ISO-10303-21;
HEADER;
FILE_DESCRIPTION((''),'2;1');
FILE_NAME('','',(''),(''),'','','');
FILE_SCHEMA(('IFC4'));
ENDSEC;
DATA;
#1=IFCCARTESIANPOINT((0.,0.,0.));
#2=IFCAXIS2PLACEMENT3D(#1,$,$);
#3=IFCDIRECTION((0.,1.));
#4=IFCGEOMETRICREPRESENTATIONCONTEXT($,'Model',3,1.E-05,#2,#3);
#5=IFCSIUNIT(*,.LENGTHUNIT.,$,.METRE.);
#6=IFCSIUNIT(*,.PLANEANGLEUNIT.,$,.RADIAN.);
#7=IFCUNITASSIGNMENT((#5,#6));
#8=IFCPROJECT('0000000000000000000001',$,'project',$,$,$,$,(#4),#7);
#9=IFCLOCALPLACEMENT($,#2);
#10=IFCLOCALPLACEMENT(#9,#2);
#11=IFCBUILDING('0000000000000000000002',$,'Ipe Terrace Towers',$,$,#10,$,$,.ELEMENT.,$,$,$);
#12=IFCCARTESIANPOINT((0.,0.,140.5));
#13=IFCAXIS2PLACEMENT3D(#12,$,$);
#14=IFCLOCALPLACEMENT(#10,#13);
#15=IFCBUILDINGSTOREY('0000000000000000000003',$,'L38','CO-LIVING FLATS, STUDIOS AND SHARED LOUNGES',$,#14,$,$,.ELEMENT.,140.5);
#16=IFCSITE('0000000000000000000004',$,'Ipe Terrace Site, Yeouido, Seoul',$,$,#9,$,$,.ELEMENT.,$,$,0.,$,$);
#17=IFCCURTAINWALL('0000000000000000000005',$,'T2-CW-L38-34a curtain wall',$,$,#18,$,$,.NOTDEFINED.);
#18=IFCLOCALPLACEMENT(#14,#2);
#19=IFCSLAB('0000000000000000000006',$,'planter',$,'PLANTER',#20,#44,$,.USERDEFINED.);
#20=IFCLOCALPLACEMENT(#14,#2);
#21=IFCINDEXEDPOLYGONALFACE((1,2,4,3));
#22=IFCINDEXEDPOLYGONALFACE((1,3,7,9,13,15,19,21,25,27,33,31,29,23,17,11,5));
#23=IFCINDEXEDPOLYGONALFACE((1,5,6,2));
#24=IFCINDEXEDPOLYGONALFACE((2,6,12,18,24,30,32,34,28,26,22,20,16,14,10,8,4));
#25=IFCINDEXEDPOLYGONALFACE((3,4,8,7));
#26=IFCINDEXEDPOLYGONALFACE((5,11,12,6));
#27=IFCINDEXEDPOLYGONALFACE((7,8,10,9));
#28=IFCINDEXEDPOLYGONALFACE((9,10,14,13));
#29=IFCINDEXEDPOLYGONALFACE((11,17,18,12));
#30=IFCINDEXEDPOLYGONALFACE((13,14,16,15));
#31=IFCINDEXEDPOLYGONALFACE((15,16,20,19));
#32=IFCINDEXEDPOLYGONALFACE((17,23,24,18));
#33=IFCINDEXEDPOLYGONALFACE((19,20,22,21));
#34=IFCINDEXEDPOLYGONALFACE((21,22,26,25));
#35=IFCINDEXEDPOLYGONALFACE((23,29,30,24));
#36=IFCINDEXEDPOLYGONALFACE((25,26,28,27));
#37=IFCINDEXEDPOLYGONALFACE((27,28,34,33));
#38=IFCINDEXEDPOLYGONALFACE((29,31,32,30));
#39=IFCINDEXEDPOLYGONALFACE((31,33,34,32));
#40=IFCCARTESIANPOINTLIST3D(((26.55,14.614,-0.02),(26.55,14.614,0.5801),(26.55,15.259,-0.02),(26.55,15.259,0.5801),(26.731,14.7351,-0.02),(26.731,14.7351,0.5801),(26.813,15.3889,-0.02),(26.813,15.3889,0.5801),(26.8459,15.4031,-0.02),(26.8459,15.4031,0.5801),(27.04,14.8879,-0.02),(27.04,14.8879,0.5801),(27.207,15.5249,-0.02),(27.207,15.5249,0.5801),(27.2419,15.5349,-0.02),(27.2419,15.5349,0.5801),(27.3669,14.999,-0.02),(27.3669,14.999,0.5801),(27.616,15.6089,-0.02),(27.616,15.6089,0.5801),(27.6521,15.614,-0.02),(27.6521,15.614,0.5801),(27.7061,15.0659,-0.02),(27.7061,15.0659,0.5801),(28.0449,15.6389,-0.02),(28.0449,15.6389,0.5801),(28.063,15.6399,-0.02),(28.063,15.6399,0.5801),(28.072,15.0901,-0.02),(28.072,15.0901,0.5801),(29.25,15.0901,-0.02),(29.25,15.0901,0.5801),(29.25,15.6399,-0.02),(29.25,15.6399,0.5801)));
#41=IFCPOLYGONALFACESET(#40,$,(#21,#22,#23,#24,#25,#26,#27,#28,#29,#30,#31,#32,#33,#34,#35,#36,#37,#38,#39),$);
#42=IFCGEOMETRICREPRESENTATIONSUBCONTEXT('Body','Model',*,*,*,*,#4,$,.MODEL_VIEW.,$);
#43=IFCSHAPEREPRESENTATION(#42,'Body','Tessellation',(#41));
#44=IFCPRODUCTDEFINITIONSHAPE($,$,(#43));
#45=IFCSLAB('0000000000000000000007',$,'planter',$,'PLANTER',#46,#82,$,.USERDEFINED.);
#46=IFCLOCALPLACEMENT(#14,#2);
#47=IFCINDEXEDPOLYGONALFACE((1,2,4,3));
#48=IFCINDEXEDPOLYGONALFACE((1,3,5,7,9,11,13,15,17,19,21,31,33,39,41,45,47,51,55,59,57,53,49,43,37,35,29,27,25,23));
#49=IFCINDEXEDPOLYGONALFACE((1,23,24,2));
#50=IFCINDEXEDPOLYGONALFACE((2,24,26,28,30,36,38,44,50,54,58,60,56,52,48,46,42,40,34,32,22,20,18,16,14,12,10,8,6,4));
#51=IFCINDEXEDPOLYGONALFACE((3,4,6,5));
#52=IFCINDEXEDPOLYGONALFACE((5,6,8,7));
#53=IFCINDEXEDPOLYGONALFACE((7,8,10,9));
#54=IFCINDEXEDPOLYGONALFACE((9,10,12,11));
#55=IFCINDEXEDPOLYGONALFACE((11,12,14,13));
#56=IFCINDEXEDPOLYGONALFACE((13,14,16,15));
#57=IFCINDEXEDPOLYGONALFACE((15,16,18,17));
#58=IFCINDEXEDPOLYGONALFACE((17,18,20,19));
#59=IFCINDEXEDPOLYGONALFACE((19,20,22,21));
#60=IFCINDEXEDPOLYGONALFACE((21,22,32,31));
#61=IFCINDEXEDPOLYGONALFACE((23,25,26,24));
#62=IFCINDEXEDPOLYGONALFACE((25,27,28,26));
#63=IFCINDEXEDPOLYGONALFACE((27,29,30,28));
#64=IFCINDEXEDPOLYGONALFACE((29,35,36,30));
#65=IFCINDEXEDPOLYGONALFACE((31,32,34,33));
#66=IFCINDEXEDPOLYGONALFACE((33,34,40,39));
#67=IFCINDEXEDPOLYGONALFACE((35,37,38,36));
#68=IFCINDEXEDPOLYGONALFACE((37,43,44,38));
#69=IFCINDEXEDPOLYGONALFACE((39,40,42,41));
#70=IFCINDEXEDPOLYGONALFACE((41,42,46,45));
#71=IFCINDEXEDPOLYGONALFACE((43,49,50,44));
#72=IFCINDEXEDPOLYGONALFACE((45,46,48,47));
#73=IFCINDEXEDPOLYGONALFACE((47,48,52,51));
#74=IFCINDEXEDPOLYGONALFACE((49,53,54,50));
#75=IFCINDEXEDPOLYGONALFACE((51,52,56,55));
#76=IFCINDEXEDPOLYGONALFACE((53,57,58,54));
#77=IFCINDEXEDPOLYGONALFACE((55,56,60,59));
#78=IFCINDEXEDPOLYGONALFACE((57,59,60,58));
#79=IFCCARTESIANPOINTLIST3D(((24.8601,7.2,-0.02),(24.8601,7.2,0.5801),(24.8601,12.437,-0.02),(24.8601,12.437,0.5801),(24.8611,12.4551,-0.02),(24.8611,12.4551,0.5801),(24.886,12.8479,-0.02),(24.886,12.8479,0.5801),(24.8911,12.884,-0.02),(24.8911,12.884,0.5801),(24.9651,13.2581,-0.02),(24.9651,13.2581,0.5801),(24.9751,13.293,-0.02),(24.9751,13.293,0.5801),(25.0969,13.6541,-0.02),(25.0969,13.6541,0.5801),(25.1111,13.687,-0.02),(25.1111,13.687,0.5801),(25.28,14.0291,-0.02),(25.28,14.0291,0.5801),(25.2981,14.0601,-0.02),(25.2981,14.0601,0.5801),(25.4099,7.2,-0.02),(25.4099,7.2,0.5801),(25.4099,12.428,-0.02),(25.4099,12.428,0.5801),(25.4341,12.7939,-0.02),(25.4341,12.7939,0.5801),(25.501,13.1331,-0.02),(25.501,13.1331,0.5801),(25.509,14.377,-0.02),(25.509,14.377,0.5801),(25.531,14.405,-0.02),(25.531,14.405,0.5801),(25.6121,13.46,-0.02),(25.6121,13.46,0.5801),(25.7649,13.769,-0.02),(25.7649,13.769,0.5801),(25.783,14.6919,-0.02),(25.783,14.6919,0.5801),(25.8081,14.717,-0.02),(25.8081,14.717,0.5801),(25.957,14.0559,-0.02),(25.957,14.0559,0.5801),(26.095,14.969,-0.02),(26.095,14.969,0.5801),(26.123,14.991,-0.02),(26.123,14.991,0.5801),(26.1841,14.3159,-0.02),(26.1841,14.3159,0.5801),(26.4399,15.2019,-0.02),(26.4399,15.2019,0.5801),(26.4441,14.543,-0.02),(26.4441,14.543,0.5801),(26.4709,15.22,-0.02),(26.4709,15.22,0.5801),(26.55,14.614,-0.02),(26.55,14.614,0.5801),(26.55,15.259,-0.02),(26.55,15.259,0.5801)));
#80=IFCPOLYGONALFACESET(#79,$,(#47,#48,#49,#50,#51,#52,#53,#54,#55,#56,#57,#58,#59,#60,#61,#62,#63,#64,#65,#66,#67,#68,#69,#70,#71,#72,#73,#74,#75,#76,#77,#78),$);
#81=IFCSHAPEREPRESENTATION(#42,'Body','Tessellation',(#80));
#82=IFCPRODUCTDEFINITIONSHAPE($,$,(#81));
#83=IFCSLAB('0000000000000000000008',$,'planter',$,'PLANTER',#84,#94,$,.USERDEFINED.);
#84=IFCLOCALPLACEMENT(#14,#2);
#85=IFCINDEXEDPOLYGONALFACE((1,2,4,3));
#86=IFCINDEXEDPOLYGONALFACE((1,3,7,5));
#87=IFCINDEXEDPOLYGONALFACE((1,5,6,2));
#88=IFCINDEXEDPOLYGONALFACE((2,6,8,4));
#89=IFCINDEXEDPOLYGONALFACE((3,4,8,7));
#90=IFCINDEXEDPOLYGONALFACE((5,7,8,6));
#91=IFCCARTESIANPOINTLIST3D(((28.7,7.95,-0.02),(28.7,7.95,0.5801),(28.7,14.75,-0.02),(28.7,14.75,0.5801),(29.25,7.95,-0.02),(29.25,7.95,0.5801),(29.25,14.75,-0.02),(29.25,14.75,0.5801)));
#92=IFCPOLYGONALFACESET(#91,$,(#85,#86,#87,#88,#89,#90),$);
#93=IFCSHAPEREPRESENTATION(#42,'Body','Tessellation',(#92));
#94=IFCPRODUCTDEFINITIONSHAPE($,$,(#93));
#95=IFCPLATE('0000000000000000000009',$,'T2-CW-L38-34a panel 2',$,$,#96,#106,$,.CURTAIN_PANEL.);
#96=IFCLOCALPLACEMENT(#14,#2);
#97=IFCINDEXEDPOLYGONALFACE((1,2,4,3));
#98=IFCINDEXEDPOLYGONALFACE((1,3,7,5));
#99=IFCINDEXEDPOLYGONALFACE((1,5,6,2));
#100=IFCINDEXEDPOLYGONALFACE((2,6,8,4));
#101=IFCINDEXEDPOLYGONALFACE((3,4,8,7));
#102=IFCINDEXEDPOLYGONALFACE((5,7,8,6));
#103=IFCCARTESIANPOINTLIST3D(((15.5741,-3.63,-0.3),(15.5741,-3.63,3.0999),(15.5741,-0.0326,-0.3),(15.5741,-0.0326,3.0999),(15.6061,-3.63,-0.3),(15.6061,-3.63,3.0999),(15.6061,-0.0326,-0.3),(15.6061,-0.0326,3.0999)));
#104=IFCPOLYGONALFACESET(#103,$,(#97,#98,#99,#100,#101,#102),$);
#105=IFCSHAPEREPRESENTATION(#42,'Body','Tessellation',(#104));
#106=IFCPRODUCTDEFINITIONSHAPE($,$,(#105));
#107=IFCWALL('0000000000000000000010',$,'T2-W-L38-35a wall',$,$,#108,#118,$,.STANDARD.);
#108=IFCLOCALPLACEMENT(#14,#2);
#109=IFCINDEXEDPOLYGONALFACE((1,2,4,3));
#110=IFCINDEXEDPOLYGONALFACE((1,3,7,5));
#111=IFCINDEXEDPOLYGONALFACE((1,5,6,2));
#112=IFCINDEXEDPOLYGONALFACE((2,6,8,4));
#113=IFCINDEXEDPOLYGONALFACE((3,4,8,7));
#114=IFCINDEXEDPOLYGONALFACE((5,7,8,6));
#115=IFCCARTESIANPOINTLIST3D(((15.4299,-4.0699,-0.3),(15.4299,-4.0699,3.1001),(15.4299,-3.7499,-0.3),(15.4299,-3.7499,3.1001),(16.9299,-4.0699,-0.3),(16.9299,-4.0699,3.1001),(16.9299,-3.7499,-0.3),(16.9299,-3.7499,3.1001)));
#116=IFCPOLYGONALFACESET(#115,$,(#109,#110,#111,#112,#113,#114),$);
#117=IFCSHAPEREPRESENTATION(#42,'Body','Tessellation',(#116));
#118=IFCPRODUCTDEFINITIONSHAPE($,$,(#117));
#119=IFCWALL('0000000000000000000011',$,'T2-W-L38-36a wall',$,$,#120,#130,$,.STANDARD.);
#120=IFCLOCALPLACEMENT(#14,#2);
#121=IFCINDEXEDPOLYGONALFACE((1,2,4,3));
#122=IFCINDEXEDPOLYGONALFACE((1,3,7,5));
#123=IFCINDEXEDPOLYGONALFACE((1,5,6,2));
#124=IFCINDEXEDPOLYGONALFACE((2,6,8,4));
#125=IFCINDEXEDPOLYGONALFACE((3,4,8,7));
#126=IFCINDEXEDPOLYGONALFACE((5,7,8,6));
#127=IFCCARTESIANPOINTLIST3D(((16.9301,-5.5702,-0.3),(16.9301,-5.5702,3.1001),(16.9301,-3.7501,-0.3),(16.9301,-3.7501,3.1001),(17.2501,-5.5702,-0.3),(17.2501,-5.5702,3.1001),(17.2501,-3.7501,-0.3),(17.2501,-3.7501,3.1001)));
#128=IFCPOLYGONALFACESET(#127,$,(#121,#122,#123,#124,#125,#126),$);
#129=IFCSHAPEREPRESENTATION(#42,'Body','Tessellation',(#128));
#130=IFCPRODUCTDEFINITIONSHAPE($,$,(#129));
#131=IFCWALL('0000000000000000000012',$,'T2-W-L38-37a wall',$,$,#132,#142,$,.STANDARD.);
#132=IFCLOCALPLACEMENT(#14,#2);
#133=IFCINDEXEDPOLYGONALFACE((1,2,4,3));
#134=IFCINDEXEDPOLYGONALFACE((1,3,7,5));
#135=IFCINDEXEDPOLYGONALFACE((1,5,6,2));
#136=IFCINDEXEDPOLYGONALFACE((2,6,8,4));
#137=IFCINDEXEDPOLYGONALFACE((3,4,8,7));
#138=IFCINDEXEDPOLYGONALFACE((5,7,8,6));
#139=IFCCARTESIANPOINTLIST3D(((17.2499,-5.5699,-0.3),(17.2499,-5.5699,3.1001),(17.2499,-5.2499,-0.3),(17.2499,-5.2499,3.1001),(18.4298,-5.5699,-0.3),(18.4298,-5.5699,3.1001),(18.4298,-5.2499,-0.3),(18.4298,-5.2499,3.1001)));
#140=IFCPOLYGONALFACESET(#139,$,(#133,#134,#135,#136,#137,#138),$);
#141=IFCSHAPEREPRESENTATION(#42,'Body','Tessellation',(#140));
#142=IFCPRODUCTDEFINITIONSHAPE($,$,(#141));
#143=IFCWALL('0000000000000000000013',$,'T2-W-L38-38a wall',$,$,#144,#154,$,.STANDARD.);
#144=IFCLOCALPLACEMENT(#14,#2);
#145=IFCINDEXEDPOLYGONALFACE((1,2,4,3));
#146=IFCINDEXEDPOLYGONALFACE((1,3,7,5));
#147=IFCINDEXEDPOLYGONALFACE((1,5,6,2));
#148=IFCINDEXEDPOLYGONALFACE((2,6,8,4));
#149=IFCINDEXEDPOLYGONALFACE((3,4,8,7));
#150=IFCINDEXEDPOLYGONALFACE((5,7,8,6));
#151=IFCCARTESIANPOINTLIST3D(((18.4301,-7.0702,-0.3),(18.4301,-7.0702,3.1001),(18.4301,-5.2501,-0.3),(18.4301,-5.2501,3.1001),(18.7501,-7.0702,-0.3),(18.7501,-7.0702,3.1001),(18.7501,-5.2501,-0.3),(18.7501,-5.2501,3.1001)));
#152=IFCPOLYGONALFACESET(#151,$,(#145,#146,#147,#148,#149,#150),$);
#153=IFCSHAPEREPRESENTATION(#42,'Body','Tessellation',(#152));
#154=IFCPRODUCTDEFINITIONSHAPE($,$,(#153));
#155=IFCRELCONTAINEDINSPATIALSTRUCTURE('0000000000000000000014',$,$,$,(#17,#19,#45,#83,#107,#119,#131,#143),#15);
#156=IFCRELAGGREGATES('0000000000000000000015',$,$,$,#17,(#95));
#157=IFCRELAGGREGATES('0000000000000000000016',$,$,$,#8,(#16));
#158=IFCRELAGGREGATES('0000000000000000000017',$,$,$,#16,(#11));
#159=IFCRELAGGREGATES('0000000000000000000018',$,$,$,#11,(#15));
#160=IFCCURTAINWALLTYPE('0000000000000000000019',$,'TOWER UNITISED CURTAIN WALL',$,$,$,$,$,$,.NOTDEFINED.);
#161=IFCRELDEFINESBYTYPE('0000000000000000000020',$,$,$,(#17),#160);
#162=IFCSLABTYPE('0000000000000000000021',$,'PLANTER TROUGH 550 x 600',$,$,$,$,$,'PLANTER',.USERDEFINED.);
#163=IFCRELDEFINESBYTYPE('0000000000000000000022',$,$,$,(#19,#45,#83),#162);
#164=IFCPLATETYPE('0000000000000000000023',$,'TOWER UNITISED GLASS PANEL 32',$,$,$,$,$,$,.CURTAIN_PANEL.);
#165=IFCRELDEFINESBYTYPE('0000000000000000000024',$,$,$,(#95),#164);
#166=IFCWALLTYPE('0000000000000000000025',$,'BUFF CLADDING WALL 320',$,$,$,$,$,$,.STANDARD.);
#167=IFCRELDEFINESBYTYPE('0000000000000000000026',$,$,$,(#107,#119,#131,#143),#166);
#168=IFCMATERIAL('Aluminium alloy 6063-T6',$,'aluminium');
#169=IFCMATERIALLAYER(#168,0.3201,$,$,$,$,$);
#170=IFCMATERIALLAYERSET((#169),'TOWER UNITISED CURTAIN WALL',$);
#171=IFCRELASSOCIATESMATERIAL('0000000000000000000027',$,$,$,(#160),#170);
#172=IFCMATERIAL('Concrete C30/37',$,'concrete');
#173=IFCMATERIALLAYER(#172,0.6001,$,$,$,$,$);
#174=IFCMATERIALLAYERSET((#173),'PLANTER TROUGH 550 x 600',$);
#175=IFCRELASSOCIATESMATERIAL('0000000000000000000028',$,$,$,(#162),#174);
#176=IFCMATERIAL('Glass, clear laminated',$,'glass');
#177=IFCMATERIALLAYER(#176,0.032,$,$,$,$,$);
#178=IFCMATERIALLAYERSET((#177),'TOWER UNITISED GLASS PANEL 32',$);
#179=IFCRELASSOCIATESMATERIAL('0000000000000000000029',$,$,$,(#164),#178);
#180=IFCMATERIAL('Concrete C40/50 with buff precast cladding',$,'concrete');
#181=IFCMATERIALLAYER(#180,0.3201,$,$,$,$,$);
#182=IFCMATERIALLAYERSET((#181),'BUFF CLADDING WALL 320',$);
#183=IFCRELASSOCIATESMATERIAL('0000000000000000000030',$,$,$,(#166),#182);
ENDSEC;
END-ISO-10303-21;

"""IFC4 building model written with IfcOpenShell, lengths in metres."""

from ifc_helpers import new_model, si_unit, direction, frame, frame_2d, origin, origin_2d, place, context, subcontext, project, spatial, polyline, rectangle, outline, extrude, material, layer, layer_set, type_object, element, aggregate, save


model = new_model("IFC4")

# Units and contexts
model_context = context("Model", 3, precision=1e-05, world=origin(), true_north=direction((0.0, 1.0)))
body_context = subcontext(model_context, "Body", "Model", "MODEL_VIEW")
ifc_project = project(units=[si_unit("LENGTHUNIT", "METRE"), si_unit("PLANEANGLEUNIT", "RADIAN")], contexts=[model_context])

# Site, building, storey
site_placement = place(None, origin())
site = spatial("IfcSite", under=ifc_project, at=site_placement, Name="Ipe Terrace Site, Yeouido, Seoul", CompositionType="ELEMENT", RefElevation=0.0)
building_placement = place(site_placement, origin())
building = spatial("IfcBuilding", under=site, at=building_placement, Name="Ipe Terrace Towers", CompositionType="ELEMENT")
storey_placement = place(building_placement, frame((0.0, 0.0, 140.5)))
storey = spatial("IfcBuildingStorey", under=building, at=storey_placement, Name="L38", Description="CO-LIVING FLATS, STUDIOS AND SHARED LOUNGES", CompositionType="ELEMENT", Elevation=140.5)

# Curtain wall
ifc_material_1 = material(Name="Aluminium alloy 6063-T6", Category="aluminium")
ifc_layer_1 = layer(ifc_material_1, 0.3201)
ifc_layer_set_1 = layer_set([ifc_layer_1], Name="TOWER UNITISED CURTAIN WALL")
curtain_wall_type = type_object("IfcCurtainWallType", Name="TOWER UNITISED CURTAIN WALL", PredefinedType="NOTDEFINED", material=ifc_layer_set_1)
curtain_wall_1_placement = place(storey_placement, origin())
curtain_wall_1 = element("IfcCurtainWall", 1, at=curtain_wall_1_placement, inside=storey, type_object=curtain_wall_type, Name="T2-CW-L38-34a curtain wall", PredefinedType="NOTDEFINED")

# Slabs
ifc_material_2 = material(Name="Concrete C30/37", Category="concrete")
ifc_layer_2 = layer(ifc_material_2, 0.6001)
ifc_layer_set_2 = layer_set([ifc_layer_2], Name="PLANTER TROUGH 550 x 600")
slab_type_1 = type_object("IfcSlabType", Name="PLANTER TROUGH 550 x 600", ElementType="PLANTER", PredefinedType="USERDEFINED", material=ifc_layer_set_2)
slab_1_placement = place(storey_placement, frame((0.0, 0.0, -0.02)))
element("IfcSlab", 2, at=slab_1_placement, inside=storey, type_object=slab_type_1, Name="planter", ObjectType="PLANTER", PredefinedType="USERDEFINED", context=body_context, shape_type="SweptSolid", body=[
    extrude(outline(polyline([(27.3669, 14.999), (27.7061, 15.0659), (28.072, 15.0901), (29.25, 15.0901), (29.25, 15.6399), (28.063, 15.6399), (28.0449, 15.6389), (27.6521, 15.614), (27.616, 15.6089), (27.2419, 15.5349), (27.207, 15.5249), (26.8459, 15.4031), (26.813, 15.3889), (26.55, 15.259), (26.55, 14.614), (26.731, 14.7351), (27.04, 14.8879), (27.3669, 14.999)])), origin(), (0.0, 0.0, 1.0), 0.6001),
])
slab_2_placement = place(storey_placement, frame((0.0, 0.0, -0.02)))
element("IfcSlab", 3, at=slab_2_placement, inside=storey, type_object=slab_type_1, Name="planter", ObjectType="PLANTER", PredefinedType="USERDEFINED", context=body_context, shape_type="SweptSolid", body=[
    extrude(outline(polyline([(26.4441, 14.543), (26.55, 14.614), (26.55, 15.259), (26.4709, 15.22), (26.4399, 15.2019), (26.123, 14.991), (26.095, 14.969), (25.8081, 14.717), (25.783, 14.6919), (25.531, 14.405), (25.509, 14.377), (25.2981, 14.0601), (25.28, 14.0291), (25.1111, 13.687), (25.0969, 13.6541), (24.9751, 13.293), (24.9651, 13.2581), (24.8911, 12.884), (24.886, 12.8479), (24.8611, 12.4551), (24.8601, 12.437), (24.8601, 7.2), (25.4099, 7.2), (25.4099, 12.428), (25.4341, 12.7939), (25.501, 13.1331), (25.6121, 13.46), (25.7649, 13.769), (25.957, 14.0559), (26.1841, 14.3159), (26.4441, 14.543)])), origin(), (0.0, 0.0, 1.0), 0.6001),
])
slab_3_placement = place(storey_placement, frame((0.0, 0.0, -0.02)))
element("IfcSlab", 4, at=slab_3_placement, inside=storey, type_object=slab_type_1, Name="planter", ObjectType="PLANTER", PredefinedType="USERDEFINED", context=body_context, shape_type="SweptSolid", body=[
    extrude(outline(polyline([(29.25, 7.95), (29.25, 14.75), (28.7, 14.75), (28.7, 7.95), (29.25, 7.95)])), origin(), (0.0, 0.0, 1.0), 0.6001),
])

# Plate
ifc_material_3 = material(Name="Glass, clear laminated", Category="glass")
ifc_layer_3 = layer(ifc_material_3, 0.032)
ifc_layer_set_3 = layer_set([ifc_layer_3], Name="TOWER UNITISED GLASS PANEL 32")
plate_type = type_object("IfcPlateType", Name="TOWER UNITISED GLASS PANEL 32", PredefinedType="CURTAIN_PANEL", material=ifc_layer_set_3)
plate_placement = place(storey_placement, frame((15.5901, -1.8313, -0.3), z_axis=(0.0, 0.0, 1.0), x_axis=(0.0, -1.0, 0.0)))
plate = element("IfcPlate", 5, at=plate_placement, type_object=plate_type, Name="T2-CW-L38-34a panel 2", PredefinedType="CURTAIN_PANEL", context=body_context, shape_type="SweptSolid", body=[
    extrude(rectangle(XDim=3.5974, YDim=0.032, at=origin_2d()), origin(), (0.0, 0.0, 1.0), 3.3999),
])
aggregate(curtain_wall_1, [plate])

# Walls
ifc_material_4 = material(Name="Concrete C40/50 with buff precast cladding", Category="concrete")
ifc_layer_4 = layer(ifc_material_4, 0.3201)
ifc_layer_set_4 = layer_set([ifc_layer_4], Name="BUFF CLADDING WALL 320")
wall_type = type_object("IfcWallType", Name="BUFF CLADDING WALL 320", PredefinedType="STANDARD", material=ifc_layer_set_4)
wall_1_placement = place(storey_placement, frame((15.4299, -3.9099, -0.3), z_axis=(0.0, 0.0, 1.0), x_axis=(1.0, 0.0, 0.0)))
element("IfcWall", 6, at=wall_1_placement, inside=storey, type_object=wall_type, Name="T2-W-L38-35a wall", PredefinedType="STANDARD", context=body_context, shape_type="SweptSolid", body=[
    extrude(rectangle(XDim=1.5, YDim=0.3201, at=frame_2d((0.75, 0.0))), origin(), (0.0, 0.0, 1.0), 3.4001),
])
wall_2_placement = place(storey_placement, frame((17.0901, -3.75, -0.3), z_axis=(0.0, 0.0, 1.0), x_axis=(0.0, -1.0, 0.0)))
element("IfcWall", 7, at=wall_2_placement, inside=storey, type_object=wall_type, Name="T2-W-L38-36a wall", PredefinedType="STANDARD", context=body_context, shape_type="SweptSolid", body=[
    extrude(rectangle(XDim=1.8201, YDim=0.3201, at=frame_2d((0.9102, 0.0))), origin(), (0.0, 0.0, 1.0), 3.4001),
])
wall_3_placement = place(storey_placement, frame((17.25, -5.4099, -0.3), z_axis=(0.0, 0.0, 1.0), x_axis=(1.0, 0.0, 0.0)))
element("IfcWall", 8, at=wall_3_placement, inside=storey, type_object=wall_type, Name="T2-W-L38-37a wall", PredefinedType="STANDARD", context=body_context, shape_type="SweptSolid", body=[
    extrude(rectangle(XDim=1.1799, YDim=0.3201, at=frame_2d((0.5898, 0.0))), origin(), (0.0, 0.0, 1.0), 3.4001),
])
wall_4_placement = place(storey_placement, frame((18.5901, -5.25, -0.3), z_axis=(0.0, 0.0, 1.0), x_axis=(0.0, -1.0, 0.0)))
element("IfcWall", 9, at=wall_4_placement, inside=storey, type_object=wall_type, Name="T2-W-L38-38a wall", PredefinedType="STANDARD", context=body_context, shape_type="SweptSolid", body=[
    extrude(rectangle(XDim=1.8201, YDim=0.3201, at=frame_2d((0.9102, 0.0))), origin(), (0.0, 0.0, 1.0), 3.4001),
])

save(model, "model.ifc")
